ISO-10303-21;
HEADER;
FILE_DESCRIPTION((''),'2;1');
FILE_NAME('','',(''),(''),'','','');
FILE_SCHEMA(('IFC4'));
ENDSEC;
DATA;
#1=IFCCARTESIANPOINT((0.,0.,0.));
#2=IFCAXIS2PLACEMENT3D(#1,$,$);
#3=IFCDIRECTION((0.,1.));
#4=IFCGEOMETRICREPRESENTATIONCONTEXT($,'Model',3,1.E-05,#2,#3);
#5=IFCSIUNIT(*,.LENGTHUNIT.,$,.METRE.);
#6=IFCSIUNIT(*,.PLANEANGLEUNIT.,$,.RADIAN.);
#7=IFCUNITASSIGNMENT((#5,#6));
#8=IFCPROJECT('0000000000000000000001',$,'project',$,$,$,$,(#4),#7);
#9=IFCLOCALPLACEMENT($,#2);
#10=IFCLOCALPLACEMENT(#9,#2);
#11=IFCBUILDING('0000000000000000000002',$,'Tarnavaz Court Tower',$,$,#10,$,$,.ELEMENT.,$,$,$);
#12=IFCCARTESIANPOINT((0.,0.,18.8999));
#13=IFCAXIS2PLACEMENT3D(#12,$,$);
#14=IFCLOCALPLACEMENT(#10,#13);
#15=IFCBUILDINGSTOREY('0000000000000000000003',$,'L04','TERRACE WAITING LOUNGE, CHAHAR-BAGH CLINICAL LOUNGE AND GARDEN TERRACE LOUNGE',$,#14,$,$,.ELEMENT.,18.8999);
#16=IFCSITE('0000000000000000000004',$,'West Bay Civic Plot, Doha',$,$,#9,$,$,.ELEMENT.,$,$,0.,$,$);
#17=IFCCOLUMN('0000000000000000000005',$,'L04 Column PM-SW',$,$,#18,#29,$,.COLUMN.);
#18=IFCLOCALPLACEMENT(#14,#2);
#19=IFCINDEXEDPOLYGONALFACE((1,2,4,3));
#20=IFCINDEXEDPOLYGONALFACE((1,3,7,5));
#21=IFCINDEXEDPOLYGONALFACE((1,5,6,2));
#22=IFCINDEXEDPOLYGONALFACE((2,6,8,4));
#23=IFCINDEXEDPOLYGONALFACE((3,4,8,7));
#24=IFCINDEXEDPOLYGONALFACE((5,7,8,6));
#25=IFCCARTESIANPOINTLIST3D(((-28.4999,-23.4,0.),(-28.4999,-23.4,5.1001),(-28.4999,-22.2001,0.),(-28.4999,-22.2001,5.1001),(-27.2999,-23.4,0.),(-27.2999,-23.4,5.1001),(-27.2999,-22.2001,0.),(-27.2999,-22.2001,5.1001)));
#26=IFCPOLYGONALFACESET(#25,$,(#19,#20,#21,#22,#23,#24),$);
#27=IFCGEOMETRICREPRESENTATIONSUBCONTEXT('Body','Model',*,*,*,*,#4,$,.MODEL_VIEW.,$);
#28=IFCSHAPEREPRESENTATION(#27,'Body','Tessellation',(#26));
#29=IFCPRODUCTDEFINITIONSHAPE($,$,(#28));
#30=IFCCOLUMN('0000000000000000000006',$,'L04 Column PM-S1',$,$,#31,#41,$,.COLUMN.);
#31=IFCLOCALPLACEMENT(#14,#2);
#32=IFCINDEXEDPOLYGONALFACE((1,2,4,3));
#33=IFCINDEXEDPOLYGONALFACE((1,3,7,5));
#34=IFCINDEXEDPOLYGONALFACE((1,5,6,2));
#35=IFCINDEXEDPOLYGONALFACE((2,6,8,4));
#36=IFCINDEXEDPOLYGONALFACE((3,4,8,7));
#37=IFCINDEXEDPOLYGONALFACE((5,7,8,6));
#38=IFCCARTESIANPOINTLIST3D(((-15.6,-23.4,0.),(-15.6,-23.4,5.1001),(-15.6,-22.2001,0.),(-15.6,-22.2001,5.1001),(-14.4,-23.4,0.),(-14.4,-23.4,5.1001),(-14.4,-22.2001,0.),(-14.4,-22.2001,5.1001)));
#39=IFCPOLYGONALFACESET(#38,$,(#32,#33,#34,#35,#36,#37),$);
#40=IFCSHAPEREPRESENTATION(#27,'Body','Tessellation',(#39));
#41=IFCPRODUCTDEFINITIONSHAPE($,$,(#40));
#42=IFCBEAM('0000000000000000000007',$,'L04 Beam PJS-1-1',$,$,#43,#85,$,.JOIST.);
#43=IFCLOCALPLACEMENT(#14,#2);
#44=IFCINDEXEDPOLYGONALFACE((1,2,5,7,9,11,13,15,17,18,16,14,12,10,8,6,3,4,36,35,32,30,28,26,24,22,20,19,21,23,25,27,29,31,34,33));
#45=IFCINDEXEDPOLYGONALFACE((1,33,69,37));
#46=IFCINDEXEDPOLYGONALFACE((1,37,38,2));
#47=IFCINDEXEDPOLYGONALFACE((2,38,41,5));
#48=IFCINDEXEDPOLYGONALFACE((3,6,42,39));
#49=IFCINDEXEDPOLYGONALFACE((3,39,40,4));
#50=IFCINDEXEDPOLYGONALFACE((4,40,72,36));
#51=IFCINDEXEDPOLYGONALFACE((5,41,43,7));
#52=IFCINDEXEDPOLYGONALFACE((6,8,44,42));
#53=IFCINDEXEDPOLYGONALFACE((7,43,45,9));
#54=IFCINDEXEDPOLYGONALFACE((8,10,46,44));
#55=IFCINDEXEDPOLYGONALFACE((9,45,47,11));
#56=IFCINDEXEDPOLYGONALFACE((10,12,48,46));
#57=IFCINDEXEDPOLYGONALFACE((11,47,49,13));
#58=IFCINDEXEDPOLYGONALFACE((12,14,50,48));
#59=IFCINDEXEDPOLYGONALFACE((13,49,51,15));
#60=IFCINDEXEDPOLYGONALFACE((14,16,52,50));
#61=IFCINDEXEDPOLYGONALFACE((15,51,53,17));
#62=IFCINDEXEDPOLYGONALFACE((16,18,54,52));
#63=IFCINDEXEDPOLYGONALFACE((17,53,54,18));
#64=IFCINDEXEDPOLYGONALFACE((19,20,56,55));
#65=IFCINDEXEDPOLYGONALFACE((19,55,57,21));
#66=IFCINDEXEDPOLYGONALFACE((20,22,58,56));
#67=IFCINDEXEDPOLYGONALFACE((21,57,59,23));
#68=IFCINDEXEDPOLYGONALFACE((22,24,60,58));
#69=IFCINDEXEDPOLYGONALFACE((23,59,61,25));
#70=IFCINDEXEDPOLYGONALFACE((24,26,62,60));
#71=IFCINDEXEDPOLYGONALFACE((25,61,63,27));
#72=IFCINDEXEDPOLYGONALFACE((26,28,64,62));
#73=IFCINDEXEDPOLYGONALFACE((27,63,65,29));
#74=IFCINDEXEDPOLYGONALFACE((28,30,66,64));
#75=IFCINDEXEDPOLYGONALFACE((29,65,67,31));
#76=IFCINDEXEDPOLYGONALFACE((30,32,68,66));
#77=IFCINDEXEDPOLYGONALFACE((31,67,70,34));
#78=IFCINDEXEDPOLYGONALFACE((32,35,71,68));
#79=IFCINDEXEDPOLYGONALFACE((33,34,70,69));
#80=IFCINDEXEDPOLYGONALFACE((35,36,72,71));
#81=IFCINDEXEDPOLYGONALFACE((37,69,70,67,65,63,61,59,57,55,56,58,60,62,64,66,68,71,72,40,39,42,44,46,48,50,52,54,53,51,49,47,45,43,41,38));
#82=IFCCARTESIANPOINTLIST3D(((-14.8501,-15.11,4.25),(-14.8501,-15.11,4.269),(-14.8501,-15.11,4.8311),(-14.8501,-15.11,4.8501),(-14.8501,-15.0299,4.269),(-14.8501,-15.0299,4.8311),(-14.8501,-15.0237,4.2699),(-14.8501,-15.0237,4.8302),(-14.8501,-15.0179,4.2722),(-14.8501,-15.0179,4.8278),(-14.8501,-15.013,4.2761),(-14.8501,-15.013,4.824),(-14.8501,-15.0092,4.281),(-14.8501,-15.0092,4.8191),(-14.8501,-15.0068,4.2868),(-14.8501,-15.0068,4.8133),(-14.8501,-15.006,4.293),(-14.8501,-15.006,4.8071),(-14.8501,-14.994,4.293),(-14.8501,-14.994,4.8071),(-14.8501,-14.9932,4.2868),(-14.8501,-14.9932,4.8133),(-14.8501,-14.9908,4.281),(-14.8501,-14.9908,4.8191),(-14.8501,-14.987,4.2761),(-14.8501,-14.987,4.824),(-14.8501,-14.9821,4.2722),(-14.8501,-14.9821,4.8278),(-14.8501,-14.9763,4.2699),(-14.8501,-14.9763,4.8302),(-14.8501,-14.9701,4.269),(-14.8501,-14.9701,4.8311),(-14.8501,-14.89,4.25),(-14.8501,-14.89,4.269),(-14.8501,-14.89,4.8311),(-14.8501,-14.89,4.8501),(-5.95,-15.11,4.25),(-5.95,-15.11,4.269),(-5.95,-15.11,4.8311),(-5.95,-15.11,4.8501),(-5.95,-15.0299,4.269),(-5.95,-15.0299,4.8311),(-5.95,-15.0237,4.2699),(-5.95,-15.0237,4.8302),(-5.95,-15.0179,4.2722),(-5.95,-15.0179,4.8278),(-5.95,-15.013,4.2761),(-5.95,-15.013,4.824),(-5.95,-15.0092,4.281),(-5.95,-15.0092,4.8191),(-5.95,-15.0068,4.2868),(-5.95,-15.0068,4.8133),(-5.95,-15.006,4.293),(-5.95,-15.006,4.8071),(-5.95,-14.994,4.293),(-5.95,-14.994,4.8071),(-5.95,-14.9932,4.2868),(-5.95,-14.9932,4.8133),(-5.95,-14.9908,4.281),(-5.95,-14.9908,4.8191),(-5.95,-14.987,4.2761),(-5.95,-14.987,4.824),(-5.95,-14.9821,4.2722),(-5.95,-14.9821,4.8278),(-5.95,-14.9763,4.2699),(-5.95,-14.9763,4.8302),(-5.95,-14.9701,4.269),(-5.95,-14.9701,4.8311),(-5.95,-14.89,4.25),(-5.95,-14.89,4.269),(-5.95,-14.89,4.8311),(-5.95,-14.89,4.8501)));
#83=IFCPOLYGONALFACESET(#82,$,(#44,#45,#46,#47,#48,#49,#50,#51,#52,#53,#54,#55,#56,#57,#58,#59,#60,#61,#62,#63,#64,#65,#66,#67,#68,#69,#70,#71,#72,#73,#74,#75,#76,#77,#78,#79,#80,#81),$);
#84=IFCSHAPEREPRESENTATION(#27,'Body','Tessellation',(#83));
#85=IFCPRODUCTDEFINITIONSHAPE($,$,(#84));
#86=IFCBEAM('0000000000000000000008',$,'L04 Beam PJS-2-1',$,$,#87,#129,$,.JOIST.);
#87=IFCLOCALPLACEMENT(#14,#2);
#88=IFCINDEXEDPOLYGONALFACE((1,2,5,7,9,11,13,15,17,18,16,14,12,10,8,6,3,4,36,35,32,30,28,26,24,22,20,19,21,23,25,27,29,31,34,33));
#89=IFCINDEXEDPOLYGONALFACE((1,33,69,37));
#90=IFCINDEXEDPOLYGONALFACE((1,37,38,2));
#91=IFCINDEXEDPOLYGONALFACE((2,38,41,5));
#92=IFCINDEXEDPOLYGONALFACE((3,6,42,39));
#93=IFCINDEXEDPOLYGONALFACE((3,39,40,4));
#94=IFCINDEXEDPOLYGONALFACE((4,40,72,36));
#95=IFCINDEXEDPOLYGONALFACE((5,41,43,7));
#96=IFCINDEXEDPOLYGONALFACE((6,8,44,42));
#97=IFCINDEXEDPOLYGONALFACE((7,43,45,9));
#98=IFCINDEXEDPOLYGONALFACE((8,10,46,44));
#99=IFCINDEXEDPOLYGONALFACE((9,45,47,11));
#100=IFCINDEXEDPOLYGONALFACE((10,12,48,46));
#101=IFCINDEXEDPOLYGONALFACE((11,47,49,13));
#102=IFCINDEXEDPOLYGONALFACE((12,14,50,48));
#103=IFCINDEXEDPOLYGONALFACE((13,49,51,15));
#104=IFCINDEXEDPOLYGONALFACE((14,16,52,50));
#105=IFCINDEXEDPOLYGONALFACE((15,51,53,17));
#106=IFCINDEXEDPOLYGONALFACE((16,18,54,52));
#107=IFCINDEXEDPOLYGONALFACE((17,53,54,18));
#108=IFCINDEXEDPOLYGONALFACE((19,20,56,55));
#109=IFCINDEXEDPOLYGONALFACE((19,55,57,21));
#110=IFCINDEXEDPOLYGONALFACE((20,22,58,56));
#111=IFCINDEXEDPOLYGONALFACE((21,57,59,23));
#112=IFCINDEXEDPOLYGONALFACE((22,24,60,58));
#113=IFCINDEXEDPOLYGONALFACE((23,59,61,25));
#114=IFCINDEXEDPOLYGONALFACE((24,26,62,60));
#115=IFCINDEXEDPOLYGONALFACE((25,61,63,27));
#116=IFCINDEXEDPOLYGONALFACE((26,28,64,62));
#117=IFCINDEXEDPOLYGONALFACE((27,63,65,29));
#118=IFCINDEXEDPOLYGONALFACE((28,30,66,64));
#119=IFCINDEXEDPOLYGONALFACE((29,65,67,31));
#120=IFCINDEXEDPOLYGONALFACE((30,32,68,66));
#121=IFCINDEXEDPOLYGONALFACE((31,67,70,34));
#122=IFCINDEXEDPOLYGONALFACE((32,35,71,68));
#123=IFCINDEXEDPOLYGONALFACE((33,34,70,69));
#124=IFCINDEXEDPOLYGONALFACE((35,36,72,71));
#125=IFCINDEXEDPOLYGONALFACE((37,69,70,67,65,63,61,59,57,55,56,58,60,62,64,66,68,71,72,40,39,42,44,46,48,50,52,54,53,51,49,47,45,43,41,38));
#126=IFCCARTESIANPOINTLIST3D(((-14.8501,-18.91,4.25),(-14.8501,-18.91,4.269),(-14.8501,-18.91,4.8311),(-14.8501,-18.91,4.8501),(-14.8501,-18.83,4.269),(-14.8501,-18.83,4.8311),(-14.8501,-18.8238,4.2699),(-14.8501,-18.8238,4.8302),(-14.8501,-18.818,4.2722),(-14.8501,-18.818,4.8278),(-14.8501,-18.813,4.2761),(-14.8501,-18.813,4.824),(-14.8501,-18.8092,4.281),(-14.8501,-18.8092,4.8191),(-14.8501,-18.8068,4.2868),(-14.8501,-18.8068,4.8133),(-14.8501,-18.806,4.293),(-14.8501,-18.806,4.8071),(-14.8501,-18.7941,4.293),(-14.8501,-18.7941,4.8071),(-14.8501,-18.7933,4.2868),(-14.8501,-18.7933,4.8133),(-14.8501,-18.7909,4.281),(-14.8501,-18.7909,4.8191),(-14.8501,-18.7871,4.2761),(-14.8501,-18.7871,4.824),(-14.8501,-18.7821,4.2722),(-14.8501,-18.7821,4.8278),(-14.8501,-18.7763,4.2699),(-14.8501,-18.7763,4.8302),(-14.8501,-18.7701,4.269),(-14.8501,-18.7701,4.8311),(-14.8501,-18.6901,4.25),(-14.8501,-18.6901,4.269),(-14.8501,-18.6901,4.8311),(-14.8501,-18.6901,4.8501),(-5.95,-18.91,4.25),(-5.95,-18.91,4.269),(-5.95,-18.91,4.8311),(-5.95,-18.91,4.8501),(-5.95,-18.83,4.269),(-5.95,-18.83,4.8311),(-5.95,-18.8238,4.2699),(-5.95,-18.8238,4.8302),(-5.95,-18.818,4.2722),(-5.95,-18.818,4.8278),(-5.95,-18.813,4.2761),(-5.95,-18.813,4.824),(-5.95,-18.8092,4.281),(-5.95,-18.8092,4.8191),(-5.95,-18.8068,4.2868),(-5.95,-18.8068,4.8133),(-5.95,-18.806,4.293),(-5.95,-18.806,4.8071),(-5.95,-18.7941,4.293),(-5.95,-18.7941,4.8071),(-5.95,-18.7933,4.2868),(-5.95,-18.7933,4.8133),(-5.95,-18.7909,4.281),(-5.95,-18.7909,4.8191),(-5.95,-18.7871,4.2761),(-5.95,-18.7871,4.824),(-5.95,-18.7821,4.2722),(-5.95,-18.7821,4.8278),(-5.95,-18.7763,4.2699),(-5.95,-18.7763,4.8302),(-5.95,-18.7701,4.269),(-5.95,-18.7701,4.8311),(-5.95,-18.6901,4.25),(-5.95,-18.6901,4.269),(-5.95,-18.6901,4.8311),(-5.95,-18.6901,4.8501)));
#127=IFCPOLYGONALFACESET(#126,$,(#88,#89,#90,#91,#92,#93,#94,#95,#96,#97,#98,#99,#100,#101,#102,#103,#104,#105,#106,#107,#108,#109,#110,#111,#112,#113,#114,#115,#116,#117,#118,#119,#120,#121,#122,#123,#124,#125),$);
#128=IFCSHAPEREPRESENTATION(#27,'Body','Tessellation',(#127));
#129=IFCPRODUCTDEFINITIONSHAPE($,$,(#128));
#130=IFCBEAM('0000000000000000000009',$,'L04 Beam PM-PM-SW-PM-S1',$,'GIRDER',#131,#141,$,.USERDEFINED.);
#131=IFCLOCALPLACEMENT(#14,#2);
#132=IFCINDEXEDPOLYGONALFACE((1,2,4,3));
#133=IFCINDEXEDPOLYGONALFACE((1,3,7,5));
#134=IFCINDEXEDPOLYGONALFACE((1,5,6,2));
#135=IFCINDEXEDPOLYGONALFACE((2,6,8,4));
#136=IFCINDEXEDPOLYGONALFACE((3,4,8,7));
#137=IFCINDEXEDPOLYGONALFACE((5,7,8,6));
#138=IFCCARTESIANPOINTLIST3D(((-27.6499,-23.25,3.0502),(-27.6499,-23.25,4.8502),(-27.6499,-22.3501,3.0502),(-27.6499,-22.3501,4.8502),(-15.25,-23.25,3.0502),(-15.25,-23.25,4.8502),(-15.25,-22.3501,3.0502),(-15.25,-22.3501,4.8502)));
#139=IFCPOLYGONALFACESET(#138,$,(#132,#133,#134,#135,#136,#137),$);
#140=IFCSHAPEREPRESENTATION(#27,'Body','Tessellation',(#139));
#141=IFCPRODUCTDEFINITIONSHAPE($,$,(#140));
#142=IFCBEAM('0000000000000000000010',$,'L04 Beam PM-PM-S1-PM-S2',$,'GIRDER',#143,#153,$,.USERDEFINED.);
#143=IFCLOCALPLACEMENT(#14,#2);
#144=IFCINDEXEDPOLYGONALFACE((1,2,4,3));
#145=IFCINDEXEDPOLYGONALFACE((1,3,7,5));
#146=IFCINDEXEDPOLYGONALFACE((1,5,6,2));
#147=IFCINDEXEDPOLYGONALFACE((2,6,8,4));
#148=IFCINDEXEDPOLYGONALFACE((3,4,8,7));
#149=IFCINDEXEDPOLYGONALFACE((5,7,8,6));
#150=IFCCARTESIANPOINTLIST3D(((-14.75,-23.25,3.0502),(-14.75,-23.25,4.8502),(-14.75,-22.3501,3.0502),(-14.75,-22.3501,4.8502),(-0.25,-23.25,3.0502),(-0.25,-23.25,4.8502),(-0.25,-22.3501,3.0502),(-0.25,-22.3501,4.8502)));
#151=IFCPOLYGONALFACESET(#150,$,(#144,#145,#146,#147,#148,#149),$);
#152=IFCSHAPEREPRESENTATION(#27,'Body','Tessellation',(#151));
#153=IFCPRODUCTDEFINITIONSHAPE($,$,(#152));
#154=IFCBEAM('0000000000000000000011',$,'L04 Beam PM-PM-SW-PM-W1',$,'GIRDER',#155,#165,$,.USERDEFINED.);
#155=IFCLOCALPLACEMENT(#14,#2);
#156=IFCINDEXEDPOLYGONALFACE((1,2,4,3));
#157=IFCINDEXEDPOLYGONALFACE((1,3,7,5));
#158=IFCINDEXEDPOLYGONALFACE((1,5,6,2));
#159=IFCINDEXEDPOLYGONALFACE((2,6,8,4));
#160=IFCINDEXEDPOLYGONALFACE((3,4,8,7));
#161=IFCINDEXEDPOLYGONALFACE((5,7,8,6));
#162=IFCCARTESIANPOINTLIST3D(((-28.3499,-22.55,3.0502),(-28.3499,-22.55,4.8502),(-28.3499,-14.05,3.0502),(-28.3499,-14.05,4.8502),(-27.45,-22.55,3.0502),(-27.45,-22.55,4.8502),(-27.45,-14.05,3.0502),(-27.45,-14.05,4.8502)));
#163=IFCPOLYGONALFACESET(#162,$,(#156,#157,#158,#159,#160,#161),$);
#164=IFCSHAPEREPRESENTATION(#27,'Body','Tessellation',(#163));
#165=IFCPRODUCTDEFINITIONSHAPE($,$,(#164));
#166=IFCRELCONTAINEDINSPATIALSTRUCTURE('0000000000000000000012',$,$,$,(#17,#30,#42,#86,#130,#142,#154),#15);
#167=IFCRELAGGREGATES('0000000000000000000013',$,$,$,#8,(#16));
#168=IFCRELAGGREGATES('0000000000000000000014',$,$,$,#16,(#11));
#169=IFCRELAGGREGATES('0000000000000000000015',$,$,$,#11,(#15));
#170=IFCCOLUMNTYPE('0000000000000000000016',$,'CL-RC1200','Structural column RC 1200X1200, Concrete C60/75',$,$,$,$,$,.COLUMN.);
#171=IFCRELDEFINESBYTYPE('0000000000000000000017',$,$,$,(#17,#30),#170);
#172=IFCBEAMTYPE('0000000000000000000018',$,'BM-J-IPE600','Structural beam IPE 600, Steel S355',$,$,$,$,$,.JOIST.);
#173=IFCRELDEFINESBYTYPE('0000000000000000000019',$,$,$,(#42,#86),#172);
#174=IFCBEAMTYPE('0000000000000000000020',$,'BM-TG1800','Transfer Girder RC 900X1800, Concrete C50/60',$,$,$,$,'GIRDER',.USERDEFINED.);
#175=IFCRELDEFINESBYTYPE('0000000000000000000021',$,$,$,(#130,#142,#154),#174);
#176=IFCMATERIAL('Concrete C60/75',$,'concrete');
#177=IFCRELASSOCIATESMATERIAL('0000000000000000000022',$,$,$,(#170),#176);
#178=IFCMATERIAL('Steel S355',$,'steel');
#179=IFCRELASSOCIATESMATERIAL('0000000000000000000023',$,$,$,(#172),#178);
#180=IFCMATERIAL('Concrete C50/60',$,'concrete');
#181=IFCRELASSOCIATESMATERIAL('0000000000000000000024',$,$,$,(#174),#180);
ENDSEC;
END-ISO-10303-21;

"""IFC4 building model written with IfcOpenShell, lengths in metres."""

from ifc_helpers import new_model, si_unit, direction, frame, origin, origin_2d, place, context, subcontext, project, spatial, rectangle, i_section, extrude, material, material_profile, profile_set, type_object, element, save


model = new_model("IFC4")

# Units and contexts
model_context = context("Model", 3, precision=1e-05, world=origin(), true_north=direction((0.0, 1.0)))
body_context = subcontext(model_context, "Body", "Model", "MODEL_VIEW")
ifc_project = project(units=[si_unit("LENGTHUNIT", "METRE"), si_unit("PLANEANGLEUNIT", "RADIAN")], contexts=[model_context])

# Site, building, storey
site_placement = place(None, origin())
site = spatial("IfcSite", under=ifc_project, at=site_placement, Name="West Bay Civic Plot, Doha", CompositionType="ELEMENT", RefElevation=0.0)
building_placement = place(site_placement, origin())
building = spatial("IfcBuilding", under=site, at=building_placement, Name="Tarnavaz Court Tower", CompositionType="ELEMENT")
storey_placement = place(building_placement, frame((0.0, 0.0, 18.8999)))
storey = spatial("IfcBuildingStorey", under=building, at=storey_placement, Name="L04", Description="TERRACE WAITING LOUNGE, CHAHAR-BAGH CLINICAL LOUNGE AND GARDEN TERRACE LOUNGE", CompositionType="ELEMENT", Elevation=18.8999)

# Columns
ifc_material_1 = material(Name="Concrete C60/75", Category="concrete")
ifc_material_profile_1 = material_profile(ifc_material_1, rectangle(XDim=1.2, YDim=1.2, at=origin_2d()), Name="RC 1200X1200")
ifc_profile_set_1 = profile_set([ifc_material_profile_1], Name="Concrete C60/75")
column_type = type_object("IfcColumnType", Name="CL-RC1200", Description="Structural column RC 1200X1200, Concrete C60/75", PredefinedType="COLUMN", material=ifc_profile_set_1)
for number, where, z_axis, x_axis, name in (
    (1, (-27.8999, -22.8, 0.0), (0.0, 0.0, 1.0), (1.0, 0.0, 0.0), "L04 Column PM-SW"),
    (2, (-15.0, -22.8, 0.0), (0.0, 0.0, 1.0), (1.0, 0.0, 0.0), "L04 Column PM-S1"),
):
    element("IfcColumn", number, at=place(storey_placement, frame(where, z_axis=z_axis, x_axis=x_axis)), inside=storey, type_object=column_type, Name=name, PredefinedType="COLUMN", context=body_context, shape_type="SweptSolid", body=[
        extrude(rectangle(XDim=1.2, YDim=1.2, at=origin_2d()), origin(), (0.0, 0.0, 1.0), 5.1001),
    ])

# Beams
ifc_material_2 = material(Name="Steel S355", Category="steel")
ifc_material_profile_2 = material_profile(ifc_material_2, i_section(OverallWidth=0.22, OverallDepth=0.6001, WebThickness=0.012, FlangeThickness=0.019, FilletRadius=0.0239, at=origin_2d()), Name="IPE 600")
ifc_profile_set_2 = profile_set([ifc_material_profile_2], Name="Steel S355")
beam_type_1 = type_object("IfcBeamType", Name="BM-J-IPE600", Description="Structural beam IPE 600, Steel S355", PredefinedType="JOIST", material=ifc_profile_set_2)
for number, where, z_axis, x_axis, name in (
    (3, (-14.8501, -15.0, 4.55), (1.0, 0.0, 0.0), (0.0, 1.0, 0.0), "L04 Beam PJS-1-1"),
    (4, (-14.8501, -18.8, 4.55), (1.0, 0.0, 0.0), (0.0, 1.0, 0.0), "L04 Beam PJS-2-1"),
):
    element("IfcBeam", number, at=place(storey_placement, frame(where, z_axis=z_axis, x_axis=x_axis)), inside=storey, type_object=beam_type_1, Name=name, PredefinedType="JOIST", context=body_context, shape_type="SweptSolid", body=[
        extrude(i_section(OverallWidth=0.22, OverallDepth=0.6001, WebThickness=0.012, FlangeThickness=0.019, FilletRadius=0.0239, at=origin_2d()), origin(), (0.0, 0.0, 1.0), 8.9001),
    ])
ifc_material_3 = material(Name="Concrete C50/60", Category="concrete")
ifc_material_profile_3 = material_profile(ifc_material_3, rectangle(XDim=0.8999, YDim=1.8, at=origin_2d()), Name="RC 900X1800")
ifc_profile_set_3 = profile_set([ifc_material_profile_3], Name="Concrete C50/60")
beam_type_2 = type_object("IfcBeamType", Name="BM-TG1800", Description="Transfer Girder RC 900X1800, Concrete C50/60", ElementType="GIRDER", PredefinedType="USERDEFINED", material=ifc_profile_set_3)
beam_1_placement = place(storey_placement, frame((-27.6499, -22.8, 3.9502), z_axis=(1.0, 0.0, 0.0), x_axis=(0.0, 1.0, 0.0)))
element("IfcBeam", 5, at=beam_1_placement, inside=storey, type_object=beam_type_2, Name="L04 Beam PM-PM-SW-PM-S1", ObjectType="GIRDER", PredefinedType="USERDEFINED", context=body_context, shape_type="SweptSolid", body=[
    extrude(rectangle(XDim=0.8999, YDim=1.8, at=origin_2d()), origin(), (0.0, 0.0, 1.0), 12.3999),
])
beam_2_placement = place(storey_placement, frame((-14.75, -22.8, 3.9502), z_axis=(1.0, 0.0, 0.0), x_axis=(0.0, 1.0, 0.0)))
element("IfcBeam", 6, at=beam_2_placement, inside=storey, type_object=beam_type_2, Name="L04 Beam PM-PM-S1-PM-S2", ObjectType="GIRDER", PredefinedType="USERDEFINED", context=body_context, shape_type="SweptSolid", body=[
    extrude(rectangle(XDim=0.8999, YDim=1.8, at=origin_2d()), origin(), (0.0, 0.0, 1.0), 14.5),
])
beam_3_placement = place(storey_placement, frame((-27.8999, -22.55, 3.9502), z_axis=(0.0, 1.0, 0.0), x_axis=(-1.0, 0.0, 0.0)))
element("IfcBeam", 7, at=beam_3_placement, inside=storey, type_object=beam_type_2, Name="L04 Beam PM-PM-SW-PM-W1", ObjectType="GIRDER", PredefinedType="USERDEFINED", context=body_context, shape_type="SweptSolid", body=[
    extrude(rectangle(XDim=0.8999, YDim=1.8, at=origin_2d()), origin(), (0.0, 0.0, 1.0), 8.5),
])

save(model, "model.ifc")
